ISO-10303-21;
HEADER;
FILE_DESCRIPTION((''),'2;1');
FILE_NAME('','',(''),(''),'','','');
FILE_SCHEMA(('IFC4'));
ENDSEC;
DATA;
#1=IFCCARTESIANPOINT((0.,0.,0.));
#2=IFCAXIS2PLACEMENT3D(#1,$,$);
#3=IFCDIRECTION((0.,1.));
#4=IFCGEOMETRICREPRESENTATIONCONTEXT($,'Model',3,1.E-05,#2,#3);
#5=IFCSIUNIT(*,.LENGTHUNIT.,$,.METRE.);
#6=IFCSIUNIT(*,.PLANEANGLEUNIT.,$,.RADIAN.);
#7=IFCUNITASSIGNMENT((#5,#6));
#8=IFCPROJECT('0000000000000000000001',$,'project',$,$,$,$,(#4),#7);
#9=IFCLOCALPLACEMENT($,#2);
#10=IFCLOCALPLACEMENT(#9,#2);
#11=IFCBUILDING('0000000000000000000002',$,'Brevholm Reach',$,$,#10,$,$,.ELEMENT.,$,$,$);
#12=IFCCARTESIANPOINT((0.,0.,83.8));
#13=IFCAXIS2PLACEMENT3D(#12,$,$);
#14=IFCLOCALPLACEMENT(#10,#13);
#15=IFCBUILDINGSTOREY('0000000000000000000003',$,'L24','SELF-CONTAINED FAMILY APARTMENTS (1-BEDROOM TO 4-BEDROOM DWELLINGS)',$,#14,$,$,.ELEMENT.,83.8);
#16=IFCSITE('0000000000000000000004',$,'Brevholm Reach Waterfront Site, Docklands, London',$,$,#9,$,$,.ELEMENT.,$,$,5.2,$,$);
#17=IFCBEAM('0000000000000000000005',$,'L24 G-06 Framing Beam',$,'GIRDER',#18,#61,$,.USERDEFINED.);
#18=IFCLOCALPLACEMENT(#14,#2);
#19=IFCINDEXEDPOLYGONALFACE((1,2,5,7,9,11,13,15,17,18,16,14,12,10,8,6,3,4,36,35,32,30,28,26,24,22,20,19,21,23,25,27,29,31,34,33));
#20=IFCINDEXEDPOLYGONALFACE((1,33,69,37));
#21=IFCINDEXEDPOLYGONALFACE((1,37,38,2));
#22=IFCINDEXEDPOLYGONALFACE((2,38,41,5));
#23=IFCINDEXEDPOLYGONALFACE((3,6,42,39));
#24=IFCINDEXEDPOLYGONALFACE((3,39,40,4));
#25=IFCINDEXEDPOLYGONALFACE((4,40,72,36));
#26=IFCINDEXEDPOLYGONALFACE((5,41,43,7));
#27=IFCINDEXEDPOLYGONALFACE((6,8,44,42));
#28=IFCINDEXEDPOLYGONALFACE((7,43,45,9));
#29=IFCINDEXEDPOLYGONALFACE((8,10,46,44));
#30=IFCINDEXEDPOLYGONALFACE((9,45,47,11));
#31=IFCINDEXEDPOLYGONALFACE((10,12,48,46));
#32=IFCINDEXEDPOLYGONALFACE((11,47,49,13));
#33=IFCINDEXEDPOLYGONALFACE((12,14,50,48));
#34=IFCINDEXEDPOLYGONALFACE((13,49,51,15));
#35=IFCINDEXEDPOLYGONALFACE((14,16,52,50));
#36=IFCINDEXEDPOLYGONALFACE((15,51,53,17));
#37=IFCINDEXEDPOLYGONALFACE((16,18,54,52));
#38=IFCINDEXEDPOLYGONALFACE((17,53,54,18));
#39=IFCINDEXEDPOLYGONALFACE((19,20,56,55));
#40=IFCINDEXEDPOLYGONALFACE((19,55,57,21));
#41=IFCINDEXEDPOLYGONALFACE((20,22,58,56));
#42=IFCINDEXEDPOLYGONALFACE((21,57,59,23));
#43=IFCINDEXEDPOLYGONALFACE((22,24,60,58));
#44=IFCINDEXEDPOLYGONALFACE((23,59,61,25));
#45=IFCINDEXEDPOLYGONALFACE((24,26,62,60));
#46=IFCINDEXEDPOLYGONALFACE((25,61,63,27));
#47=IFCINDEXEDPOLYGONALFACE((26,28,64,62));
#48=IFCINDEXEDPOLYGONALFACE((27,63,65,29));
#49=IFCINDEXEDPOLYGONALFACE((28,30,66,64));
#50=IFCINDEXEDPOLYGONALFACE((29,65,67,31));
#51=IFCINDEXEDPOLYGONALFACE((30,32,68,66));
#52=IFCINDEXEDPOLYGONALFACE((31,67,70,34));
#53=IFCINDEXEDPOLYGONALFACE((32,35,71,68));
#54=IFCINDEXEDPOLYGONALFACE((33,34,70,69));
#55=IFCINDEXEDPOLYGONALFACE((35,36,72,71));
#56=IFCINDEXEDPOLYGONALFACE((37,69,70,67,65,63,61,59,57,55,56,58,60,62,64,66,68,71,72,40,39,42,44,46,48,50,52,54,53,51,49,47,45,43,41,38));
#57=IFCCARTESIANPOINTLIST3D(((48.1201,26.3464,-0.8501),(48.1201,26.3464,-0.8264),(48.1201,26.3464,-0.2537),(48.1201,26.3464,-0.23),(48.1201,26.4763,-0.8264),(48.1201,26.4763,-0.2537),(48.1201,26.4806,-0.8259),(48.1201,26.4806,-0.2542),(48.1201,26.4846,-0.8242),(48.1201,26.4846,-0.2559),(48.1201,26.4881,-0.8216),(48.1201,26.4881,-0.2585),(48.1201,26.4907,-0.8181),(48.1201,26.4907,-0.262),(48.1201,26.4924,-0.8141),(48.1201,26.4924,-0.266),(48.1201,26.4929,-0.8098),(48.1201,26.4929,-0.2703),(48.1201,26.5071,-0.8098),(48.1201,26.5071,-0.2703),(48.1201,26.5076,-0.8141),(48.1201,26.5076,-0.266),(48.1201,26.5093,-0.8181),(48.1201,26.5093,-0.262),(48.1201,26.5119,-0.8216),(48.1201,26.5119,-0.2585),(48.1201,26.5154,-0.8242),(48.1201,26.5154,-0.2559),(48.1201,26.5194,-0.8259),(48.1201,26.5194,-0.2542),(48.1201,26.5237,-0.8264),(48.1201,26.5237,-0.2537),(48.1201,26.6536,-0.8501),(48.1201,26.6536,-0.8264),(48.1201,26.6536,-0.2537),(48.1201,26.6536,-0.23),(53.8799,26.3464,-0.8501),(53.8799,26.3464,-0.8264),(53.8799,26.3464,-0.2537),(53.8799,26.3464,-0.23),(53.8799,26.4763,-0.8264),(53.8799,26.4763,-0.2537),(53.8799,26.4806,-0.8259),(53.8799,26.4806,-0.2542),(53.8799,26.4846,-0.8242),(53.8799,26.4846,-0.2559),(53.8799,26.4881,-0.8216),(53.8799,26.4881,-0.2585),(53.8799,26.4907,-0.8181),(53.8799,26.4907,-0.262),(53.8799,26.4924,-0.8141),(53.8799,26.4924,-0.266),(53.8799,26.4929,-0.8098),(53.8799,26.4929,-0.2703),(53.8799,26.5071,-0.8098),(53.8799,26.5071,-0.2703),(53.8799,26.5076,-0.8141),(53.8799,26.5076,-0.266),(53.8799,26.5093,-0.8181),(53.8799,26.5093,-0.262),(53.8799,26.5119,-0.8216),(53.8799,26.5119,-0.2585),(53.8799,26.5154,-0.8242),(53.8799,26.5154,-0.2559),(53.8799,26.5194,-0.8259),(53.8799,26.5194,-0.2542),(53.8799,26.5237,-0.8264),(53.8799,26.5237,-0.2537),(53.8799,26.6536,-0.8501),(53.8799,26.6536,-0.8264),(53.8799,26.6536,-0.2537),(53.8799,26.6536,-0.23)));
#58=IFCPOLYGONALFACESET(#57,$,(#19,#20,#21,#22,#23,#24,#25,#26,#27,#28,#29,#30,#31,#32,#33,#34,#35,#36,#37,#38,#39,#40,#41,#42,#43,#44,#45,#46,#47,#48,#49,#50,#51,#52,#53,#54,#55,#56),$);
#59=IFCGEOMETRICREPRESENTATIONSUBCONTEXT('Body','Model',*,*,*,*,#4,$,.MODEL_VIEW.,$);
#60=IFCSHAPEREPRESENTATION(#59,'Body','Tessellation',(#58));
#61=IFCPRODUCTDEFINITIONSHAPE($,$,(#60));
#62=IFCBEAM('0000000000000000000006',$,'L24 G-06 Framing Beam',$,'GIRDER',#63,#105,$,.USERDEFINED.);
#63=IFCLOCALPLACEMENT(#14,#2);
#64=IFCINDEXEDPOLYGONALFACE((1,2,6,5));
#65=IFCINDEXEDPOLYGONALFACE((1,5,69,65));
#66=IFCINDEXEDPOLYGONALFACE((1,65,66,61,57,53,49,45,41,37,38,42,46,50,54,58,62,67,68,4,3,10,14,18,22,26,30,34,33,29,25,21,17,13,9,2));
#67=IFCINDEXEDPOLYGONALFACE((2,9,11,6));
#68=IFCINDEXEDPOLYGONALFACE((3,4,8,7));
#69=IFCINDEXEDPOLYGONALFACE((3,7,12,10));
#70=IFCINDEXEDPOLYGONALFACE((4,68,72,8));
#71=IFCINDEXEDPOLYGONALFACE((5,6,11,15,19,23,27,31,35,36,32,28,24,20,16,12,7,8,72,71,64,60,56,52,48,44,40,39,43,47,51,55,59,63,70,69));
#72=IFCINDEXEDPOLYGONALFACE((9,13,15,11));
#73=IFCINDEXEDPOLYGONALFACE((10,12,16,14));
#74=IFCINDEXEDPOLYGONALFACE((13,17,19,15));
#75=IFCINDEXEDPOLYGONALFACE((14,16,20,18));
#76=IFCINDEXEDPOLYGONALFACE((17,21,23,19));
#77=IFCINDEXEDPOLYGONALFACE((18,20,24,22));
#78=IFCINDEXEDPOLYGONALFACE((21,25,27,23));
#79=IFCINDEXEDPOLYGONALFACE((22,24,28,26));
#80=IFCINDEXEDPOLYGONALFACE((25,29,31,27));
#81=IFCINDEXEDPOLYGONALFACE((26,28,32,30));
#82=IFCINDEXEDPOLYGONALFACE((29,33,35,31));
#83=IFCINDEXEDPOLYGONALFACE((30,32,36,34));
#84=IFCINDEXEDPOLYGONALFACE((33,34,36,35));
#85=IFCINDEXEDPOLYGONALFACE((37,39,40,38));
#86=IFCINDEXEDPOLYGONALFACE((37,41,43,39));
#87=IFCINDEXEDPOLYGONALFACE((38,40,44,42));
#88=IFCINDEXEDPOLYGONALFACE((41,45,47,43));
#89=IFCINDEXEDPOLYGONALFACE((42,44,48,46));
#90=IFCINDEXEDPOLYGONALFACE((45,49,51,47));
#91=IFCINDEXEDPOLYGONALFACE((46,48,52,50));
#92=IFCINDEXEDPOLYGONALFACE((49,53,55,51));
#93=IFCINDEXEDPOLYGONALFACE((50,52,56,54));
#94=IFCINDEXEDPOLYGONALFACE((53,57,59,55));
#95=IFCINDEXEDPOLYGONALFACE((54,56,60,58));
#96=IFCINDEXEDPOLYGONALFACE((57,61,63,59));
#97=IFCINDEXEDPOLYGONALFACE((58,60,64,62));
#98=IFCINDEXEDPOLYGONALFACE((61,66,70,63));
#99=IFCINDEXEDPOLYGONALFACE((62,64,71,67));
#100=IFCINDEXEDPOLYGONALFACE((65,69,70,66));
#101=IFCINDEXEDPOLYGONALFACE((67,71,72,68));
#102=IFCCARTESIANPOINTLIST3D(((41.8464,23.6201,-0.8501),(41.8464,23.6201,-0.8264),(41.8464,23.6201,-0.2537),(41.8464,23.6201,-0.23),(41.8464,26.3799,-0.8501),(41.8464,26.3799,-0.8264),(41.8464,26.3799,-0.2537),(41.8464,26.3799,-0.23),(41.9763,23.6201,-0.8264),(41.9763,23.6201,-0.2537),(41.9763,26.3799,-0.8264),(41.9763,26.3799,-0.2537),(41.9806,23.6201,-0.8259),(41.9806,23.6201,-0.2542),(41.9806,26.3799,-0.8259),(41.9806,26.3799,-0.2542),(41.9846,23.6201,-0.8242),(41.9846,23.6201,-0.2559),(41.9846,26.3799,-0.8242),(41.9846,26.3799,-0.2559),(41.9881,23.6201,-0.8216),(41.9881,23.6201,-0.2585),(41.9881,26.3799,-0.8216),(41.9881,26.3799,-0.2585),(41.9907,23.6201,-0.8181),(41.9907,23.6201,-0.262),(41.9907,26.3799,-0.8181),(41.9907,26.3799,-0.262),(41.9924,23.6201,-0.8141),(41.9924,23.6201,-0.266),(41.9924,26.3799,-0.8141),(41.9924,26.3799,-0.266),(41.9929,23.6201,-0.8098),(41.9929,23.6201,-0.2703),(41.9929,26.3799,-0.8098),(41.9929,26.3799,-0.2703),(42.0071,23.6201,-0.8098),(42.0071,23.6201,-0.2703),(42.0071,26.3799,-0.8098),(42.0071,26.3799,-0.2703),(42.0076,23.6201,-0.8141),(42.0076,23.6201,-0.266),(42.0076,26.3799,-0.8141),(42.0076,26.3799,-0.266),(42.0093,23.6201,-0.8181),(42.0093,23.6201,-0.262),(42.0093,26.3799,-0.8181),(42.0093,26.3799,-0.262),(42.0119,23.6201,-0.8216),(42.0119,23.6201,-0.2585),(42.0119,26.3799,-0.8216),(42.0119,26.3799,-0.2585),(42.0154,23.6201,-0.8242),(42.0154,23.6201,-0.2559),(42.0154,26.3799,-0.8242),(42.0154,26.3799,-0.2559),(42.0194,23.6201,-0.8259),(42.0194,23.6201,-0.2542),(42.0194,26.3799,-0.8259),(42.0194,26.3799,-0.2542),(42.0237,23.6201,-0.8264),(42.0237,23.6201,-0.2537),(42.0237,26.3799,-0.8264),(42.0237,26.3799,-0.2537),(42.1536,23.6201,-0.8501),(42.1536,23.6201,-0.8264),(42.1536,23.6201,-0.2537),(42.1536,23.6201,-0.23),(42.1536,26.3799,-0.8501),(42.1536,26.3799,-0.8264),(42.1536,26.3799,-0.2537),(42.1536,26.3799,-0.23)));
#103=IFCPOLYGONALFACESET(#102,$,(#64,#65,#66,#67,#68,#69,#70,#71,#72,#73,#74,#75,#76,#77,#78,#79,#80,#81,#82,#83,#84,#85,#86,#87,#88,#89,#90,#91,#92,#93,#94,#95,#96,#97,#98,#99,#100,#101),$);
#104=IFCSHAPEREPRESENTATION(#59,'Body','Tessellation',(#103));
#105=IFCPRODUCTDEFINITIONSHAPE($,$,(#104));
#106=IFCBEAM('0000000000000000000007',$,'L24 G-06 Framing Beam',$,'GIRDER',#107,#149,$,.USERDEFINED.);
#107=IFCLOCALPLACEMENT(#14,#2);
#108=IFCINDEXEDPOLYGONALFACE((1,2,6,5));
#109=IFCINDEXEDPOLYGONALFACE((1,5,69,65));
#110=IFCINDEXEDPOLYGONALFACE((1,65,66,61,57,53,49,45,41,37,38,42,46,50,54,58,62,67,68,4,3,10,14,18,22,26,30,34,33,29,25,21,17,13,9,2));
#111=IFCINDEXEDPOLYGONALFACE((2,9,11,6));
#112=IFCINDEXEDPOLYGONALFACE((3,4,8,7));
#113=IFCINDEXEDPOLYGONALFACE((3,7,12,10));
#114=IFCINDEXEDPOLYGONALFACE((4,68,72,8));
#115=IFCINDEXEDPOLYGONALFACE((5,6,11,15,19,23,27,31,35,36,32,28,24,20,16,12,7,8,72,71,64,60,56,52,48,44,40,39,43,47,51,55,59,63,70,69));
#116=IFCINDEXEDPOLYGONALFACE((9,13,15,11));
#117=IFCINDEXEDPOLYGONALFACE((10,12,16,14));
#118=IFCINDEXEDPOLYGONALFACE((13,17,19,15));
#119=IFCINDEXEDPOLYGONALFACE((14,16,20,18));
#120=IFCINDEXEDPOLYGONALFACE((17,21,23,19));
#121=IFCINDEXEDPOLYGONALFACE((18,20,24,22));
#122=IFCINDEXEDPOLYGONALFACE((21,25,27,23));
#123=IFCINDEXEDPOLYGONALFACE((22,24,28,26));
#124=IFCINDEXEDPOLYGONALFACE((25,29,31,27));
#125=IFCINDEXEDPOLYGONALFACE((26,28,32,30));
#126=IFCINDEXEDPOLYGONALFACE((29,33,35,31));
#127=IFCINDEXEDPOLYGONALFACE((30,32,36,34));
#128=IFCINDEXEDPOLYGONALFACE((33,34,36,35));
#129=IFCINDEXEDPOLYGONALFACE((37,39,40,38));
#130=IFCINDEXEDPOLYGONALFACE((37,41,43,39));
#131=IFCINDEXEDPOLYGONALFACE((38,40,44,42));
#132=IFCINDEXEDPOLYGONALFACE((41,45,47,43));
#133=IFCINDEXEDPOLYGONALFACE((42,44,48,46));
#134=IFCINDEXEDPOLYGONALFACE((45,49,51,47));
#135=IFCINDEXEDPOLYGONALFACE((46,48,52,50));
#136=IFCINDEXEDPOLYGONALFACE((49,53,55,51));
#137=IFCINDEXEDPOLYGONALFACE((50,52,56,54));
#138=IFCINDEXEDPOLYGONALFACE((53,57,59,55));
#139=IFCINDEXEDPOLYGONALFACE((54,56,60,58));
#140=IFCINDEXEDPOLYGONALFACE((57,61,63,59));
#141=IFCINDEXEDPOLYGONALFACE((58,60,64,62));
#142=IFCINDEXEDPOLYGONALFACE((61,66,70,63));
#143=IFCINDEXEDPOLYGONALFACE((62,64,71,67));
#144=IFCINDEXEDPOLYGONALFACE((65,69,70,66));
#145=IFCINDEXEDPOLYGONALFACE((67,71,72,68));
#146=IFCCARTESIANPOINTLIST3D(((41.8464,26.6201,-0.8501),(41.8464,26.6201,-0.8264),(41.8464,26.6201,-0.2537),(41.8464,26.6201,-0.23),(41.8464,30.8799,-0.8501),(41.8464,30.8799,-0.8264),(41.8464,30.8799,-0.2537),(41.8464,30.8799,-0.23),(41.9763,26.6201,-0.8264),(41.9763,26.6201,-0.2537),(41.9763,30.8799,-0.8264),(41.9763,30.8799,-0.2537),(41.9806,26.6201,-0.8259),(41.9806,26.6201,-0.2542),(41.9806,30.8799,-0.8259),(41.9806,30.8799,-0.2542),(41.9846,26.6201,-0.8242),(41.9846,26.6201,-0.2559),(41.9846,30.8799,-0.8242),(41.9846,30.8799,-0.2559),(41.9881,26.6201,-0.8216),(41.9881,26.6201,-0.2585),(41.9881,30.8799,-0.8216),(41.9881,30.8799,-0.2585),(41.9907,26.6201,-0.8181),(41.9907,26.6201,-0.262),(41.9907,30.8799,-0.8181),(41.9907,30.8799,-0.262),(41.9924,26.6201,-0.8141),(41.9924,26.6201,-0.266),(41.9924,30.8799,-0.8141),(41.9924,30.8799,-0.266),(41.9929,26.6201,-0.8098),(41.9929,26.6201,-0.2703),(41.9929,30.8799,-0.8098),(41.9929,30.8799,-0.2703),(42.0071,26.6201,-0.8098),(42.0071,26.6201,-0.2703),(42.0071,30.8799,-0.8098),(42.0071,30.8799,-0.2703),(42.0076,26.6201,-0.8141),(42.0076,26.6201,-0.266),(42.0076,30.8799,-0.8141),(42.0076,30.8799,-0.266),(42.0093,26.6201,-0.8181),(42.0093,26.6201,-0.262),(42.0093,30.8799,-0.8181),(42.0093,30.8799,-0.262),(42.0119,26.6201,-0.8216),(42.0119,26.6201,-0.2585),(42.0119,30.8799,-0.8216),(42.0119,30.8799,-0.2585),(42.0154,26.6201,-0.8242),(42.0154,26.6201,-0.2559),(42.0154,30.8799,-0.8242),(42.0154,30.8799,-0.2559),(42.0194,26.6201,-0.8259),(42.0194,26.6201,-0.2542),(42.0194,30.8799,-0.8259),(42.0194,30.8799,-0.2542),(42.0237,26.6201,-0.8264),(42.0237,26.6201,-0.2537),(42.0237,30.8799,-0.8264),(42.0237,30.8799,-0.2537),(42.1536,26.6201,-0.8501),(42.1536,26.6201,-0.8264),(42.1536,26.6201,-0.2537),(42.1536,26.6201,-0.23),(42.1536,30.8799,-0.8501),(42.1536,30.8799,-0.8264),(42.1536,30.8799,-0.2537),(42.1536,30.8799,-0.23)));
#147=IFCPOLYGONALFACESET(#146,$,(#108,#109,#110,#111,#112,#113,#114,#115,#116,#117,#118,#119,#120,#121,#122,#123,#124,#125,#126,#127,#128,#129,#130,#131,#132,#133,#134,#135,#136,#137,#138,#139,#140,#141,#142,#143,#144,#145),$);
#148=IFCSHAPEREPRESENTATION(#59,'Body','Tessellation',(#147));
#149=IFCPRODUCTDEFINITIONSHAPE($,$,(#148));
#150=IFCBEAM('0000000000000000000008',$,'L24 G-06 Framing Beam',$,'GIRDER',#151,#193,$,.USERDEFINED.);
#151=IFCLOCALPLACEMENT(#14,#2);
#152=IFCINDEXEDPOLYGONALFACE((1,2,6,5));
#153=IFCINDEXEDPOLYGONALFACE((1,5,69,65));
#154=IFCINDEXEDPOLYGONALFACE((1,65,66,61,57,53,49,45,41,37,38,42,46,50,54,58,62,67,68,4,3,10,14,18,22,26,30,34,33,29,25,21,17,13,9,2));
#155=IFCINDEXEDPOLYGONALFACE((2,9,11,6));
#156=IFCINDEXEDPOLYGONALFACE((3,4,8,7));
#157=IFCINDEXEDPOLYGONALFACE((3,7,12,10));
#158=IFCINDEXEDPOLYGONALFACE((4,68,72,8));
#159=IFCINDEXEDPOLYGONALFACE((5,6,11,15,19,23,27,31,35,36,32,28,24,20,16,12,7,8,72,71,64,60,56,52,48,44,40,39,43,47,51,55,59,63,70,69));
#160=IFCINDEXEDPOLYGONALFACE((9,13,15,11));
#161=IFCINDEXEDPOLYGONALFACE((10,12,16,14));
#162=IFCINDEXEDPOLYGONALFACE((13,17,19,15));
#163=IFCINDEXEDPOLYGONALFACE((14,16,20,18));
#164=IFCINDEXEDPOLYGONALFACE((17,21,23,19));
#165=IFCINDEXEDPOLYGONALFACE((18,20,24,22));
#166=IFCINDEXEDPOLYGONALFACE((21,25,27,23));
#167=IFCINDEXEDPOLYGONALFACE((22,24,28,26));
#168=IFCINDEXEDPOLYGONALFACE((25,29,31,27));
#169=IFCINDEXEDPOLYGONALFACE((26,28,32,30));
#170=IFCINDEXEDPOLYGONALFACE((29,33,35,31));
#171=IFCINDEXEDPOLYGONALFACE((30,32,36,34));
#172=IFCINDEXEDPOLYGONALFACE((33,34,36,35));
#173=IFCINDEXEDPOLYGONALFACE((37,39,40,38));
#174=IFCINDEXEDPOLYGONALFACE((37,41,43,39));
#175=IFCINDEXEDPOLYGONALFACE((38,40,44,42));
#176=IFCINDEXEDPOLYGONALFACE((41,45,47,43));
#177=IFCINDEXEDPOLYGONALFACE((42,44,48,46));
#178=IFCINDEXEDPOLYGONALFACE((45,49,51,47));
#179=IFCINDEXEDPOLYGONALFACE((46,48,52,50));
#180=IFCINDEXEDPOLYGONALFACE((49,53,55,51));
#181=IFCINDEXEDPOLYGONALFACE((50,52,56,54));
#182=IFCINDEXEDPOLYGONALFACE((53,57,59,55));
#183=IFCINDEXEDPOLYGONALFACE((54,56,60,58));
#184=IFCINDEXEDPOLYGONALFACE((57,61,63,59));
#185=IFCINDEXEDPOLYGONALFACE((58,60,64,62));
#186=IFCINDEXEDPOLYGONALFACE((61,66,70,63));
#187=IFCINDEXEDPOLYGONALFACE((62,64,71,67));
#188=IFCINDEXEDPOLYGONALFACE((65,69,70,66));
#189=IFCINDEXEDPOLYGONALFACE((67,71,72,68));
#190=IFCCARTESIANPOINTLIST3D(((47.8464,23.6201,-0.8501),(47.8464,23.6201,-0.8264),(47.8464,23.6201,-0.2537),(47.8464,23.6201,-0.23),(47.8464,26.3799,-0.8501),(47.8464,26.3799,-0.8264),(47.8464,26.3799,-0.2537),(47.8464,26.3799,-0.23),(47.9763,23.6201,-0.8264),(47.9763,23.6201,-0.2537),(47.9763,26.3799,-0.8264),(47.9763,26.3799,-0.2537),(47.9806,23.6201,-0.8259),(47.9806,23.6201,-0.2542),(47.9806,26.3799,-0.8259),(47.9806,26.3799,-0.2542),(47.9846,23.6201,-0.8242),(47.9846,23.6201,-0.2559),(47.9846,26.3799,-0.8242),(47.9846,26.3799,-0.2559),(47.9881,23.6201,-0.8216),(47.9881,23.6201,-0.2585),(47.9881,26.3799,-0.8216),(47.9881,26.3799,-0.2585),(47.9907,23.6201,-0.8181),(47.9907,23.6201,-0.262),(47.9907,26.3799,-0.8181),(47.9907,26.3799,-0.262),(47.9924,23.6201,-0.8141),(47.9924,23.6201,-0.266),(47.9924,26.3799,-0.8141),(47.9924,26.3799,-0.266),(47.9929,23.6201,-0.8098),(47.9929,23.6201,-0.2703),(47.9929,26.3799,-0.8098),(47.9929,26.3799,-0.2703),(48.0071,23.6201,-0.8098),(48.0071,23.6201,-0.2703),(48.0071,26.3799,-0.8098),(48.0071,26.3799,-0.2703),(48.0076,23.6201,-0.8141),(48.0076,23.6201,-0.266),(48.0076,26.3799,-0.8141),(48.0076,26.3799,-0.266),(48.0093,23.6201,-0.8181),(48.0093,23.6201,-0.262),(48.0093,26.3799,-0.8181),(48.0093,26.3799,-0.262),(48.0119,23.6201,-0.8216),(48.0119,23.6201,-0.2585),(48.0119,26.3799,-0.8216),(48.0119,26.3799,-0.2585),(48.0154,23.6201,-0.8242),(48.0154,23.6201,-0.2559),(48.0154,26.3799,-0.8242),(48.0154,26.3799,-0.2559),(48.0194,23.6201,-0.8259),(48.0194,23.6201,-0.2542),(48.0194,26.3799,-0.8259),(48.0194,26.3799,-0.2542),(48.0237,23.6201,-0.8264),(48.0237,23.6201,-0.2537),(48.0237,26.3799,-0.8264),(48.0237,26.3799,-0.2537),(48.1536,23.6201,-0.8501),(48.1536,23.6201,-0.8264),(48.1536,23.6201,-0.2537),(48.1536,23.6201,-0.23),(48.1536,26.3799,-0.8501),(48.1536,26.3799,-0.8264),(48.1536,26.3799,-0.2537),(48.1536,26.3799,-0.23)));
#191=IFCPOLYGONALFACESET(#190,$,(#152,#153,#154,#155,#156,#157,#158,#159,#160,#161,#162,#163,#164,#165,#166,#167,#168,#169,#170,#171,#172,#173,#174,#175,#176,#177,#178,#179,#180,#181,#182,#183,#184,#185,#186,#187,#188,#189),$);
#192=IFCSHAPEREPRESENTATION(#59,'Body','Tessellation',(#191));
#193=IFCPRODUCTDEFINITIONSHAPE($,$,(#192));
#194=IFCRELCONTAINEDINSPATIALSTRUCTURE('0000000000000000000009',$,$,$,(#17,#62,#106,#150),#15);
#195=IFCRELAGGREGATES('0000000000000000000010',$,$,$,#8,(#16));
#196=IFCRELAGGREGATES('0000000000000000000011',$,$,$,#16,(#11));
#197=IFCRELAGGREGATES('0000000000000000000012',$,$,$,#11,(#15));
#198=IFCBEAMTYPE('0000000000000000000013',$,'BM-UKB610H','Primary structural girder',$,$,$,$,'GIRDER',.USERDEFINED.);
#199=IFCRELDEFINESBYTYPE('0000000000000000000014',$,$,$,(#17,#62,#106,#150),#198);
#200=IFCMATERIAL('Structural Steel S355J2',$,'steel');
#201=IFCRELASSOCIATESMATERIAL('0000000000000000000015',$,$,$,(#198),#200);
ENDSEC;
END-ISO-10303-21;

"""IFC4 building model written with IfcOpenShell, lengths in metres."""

from ifc_helpers import new_model, si_unit, direction, frame, origin, origin_2d, place, context, subcontext, project, spatial, i_section, extrude, material, material_profile, profile_set, type_object, element, save


model = new_model("IFC4")

# Units and contexts
model_context = context("Model", 3, precision=1e-05, world=origin(), true_north=direction((0.0, 1.0)))
body_context = subcontext(model_context, "Body", "Model", "MODEL_VIEW")
ifc_project = project(units=[si_unit("LENGTHUNIT", "METRE"), si_unit("PLANEANGLEUNIT", "RADIAN")], contexts=[model_context])

# Site, building, storey
site_placement = place(None, origin())
site = spatial("IfcSite", under=ifc_project, at=site_placement, Name="Brevholm Reach Waterfront Site, Docklands, London", CompositionType="ELEMENT", RefElevation=5.2)
building_placement = place(site_placement, origin())
building = spatial("IfcBuilding", under=site, at=building_placement, Name="Brevholm Reach", CompositionType="ELEMENT")
storey_placement = place(building_placement, frame((0.0, 0.0, 83.8)))
storey = spatial("IfcBuildingStorey", under=building, at=storey_placement, Name="L24", Description="SELF-CONTAINED FAMILY APARTMENTS (1-BEDROOM TO 4-BEDROOM DWELLINGS)", CompositionType="ELEMENT", Elevation=83.8)

# Beams
ifc_material_1 = material(Name="Structural Steel S355J2", Category="steel")
ifc_material_profile_1 = material_profile(ifc_material_1, i_section(OverallWidth=0.3071, OverallDepth=0.6201, WebThickness=0.0142, FlangeThickness=0.0237, FilletRadius=0.0166, at=origin_2d()), Name="UKB 610x305x179")
ifc_profile_set_1 = profile_set([ifc_material_profile_1], Name="Structural Steel S355J2")
beam_type_1 = type_object("IfcBeamType", Name="BM-UKB610H", Description="Primary structural girder", ElementType="GIRDER", PredefinedType="USERDEFINED", material=ifc_profile_set_1)
for number, where, z_axis, x_axis, name in (
    (1, (48.1201, 26.5, -0.54), (1.0, 0.0, 0.0), (0.0, 1.0, 0.0), "L24 G-06 Framing Beam"),
):
    element("IfcBeam", number, at=place(storey_placement, frame(where, z_axis=z_axis, x_axis=x_axis)), inside=storey, type_object=beam_type_1, Name=name, ObjectType="GIRDER", PredefinedType="USERDEFINED", context=body_context, shape_type="SweptSolid", body=[
        extrude(i_section(OverallWidth=0.3071, OverallDepth=0.6201, WebThickness=0.0142, FlangeThickness=0.0237, FilletRadius=0.0166, at=origin_2d()), origin(), (0.0, 0.0, 1.0), 5.7598),
    ])
beam_1_placement = place(storey_placement, frame((42.0, 23.6201, -0.54), z_axis=(0.0, 1.0, 0.0), x_axis=(-1.0, 0.0, 0.0)))
element("IfcBeam", 2, at=beam_1_placement, inside=storey, type_object=beam_type_1, Name="L24 G-06 Framing Beam", ObjectType="GIRDER", PredefinedType="USERDEFINED", context=body_context, shape_type="SweptSolid", body=[
    extrude(i_section(OverallWidth=0.3071, OverallDepth=0.6201, WebThickness=0.0142, FlangeThickness=0.0237, FilletRadius=0.0166, at=origin_2d()), origin(), (0.0, 0.0, 1.0), 2.7598),
])
beam_2_placement = place(storey_placement, frame((42.0, 26.6201, -0.54), z_axis=(0.0, 1.0, 0.0), x_axis=(-1.0, 0.0, 0.0)))
element("IfcBeam", 3, at=beam_2_placement, inside=storey, type_object=beam_type_1, Name="L24 G-06 Framing Beam", ObjectType="GIRDER", PredefinedType="USERDEFINED", context=body_context, shape_type="SweptSolid", body=[
    extrude(i_section(OverallWidth=0.3071, OverallDepth=0.6201, WebThickness=0.0142, FlangeThickness=0.0237, FilletRadius=0.0166, at=origin_2d()), origin(), (0.0, 0.0, 1.0), 4.2598),
])
beam_3_placement = place(storey_placement, frame((48.0, 23.6201, -0.54), z_axis=(0.0, 1.0, 0.0), x_axis=(-1.0, 0.0, 0.0)))
element("IfcBeam", 4, at=beam_3_placement, inside=storey, type_object=beam_type_1, Name="L24 G-06 Framing Beam", ObjectType="GIRDER", PredefinedType="USERDEFINED", context=body_context, shape_type="SweptSolid", body=[
    extrude(i_section(OverallWidth=0.3071, OverallDepth=0.6201, WebThickness=0.0142, FlangeThickness=0.0237, FilletRadius=0.0166, at=origin_2d()), origin(), (0.0, 0.0, 1.0), 2.7598),
])

save(model, "model.ifc")
